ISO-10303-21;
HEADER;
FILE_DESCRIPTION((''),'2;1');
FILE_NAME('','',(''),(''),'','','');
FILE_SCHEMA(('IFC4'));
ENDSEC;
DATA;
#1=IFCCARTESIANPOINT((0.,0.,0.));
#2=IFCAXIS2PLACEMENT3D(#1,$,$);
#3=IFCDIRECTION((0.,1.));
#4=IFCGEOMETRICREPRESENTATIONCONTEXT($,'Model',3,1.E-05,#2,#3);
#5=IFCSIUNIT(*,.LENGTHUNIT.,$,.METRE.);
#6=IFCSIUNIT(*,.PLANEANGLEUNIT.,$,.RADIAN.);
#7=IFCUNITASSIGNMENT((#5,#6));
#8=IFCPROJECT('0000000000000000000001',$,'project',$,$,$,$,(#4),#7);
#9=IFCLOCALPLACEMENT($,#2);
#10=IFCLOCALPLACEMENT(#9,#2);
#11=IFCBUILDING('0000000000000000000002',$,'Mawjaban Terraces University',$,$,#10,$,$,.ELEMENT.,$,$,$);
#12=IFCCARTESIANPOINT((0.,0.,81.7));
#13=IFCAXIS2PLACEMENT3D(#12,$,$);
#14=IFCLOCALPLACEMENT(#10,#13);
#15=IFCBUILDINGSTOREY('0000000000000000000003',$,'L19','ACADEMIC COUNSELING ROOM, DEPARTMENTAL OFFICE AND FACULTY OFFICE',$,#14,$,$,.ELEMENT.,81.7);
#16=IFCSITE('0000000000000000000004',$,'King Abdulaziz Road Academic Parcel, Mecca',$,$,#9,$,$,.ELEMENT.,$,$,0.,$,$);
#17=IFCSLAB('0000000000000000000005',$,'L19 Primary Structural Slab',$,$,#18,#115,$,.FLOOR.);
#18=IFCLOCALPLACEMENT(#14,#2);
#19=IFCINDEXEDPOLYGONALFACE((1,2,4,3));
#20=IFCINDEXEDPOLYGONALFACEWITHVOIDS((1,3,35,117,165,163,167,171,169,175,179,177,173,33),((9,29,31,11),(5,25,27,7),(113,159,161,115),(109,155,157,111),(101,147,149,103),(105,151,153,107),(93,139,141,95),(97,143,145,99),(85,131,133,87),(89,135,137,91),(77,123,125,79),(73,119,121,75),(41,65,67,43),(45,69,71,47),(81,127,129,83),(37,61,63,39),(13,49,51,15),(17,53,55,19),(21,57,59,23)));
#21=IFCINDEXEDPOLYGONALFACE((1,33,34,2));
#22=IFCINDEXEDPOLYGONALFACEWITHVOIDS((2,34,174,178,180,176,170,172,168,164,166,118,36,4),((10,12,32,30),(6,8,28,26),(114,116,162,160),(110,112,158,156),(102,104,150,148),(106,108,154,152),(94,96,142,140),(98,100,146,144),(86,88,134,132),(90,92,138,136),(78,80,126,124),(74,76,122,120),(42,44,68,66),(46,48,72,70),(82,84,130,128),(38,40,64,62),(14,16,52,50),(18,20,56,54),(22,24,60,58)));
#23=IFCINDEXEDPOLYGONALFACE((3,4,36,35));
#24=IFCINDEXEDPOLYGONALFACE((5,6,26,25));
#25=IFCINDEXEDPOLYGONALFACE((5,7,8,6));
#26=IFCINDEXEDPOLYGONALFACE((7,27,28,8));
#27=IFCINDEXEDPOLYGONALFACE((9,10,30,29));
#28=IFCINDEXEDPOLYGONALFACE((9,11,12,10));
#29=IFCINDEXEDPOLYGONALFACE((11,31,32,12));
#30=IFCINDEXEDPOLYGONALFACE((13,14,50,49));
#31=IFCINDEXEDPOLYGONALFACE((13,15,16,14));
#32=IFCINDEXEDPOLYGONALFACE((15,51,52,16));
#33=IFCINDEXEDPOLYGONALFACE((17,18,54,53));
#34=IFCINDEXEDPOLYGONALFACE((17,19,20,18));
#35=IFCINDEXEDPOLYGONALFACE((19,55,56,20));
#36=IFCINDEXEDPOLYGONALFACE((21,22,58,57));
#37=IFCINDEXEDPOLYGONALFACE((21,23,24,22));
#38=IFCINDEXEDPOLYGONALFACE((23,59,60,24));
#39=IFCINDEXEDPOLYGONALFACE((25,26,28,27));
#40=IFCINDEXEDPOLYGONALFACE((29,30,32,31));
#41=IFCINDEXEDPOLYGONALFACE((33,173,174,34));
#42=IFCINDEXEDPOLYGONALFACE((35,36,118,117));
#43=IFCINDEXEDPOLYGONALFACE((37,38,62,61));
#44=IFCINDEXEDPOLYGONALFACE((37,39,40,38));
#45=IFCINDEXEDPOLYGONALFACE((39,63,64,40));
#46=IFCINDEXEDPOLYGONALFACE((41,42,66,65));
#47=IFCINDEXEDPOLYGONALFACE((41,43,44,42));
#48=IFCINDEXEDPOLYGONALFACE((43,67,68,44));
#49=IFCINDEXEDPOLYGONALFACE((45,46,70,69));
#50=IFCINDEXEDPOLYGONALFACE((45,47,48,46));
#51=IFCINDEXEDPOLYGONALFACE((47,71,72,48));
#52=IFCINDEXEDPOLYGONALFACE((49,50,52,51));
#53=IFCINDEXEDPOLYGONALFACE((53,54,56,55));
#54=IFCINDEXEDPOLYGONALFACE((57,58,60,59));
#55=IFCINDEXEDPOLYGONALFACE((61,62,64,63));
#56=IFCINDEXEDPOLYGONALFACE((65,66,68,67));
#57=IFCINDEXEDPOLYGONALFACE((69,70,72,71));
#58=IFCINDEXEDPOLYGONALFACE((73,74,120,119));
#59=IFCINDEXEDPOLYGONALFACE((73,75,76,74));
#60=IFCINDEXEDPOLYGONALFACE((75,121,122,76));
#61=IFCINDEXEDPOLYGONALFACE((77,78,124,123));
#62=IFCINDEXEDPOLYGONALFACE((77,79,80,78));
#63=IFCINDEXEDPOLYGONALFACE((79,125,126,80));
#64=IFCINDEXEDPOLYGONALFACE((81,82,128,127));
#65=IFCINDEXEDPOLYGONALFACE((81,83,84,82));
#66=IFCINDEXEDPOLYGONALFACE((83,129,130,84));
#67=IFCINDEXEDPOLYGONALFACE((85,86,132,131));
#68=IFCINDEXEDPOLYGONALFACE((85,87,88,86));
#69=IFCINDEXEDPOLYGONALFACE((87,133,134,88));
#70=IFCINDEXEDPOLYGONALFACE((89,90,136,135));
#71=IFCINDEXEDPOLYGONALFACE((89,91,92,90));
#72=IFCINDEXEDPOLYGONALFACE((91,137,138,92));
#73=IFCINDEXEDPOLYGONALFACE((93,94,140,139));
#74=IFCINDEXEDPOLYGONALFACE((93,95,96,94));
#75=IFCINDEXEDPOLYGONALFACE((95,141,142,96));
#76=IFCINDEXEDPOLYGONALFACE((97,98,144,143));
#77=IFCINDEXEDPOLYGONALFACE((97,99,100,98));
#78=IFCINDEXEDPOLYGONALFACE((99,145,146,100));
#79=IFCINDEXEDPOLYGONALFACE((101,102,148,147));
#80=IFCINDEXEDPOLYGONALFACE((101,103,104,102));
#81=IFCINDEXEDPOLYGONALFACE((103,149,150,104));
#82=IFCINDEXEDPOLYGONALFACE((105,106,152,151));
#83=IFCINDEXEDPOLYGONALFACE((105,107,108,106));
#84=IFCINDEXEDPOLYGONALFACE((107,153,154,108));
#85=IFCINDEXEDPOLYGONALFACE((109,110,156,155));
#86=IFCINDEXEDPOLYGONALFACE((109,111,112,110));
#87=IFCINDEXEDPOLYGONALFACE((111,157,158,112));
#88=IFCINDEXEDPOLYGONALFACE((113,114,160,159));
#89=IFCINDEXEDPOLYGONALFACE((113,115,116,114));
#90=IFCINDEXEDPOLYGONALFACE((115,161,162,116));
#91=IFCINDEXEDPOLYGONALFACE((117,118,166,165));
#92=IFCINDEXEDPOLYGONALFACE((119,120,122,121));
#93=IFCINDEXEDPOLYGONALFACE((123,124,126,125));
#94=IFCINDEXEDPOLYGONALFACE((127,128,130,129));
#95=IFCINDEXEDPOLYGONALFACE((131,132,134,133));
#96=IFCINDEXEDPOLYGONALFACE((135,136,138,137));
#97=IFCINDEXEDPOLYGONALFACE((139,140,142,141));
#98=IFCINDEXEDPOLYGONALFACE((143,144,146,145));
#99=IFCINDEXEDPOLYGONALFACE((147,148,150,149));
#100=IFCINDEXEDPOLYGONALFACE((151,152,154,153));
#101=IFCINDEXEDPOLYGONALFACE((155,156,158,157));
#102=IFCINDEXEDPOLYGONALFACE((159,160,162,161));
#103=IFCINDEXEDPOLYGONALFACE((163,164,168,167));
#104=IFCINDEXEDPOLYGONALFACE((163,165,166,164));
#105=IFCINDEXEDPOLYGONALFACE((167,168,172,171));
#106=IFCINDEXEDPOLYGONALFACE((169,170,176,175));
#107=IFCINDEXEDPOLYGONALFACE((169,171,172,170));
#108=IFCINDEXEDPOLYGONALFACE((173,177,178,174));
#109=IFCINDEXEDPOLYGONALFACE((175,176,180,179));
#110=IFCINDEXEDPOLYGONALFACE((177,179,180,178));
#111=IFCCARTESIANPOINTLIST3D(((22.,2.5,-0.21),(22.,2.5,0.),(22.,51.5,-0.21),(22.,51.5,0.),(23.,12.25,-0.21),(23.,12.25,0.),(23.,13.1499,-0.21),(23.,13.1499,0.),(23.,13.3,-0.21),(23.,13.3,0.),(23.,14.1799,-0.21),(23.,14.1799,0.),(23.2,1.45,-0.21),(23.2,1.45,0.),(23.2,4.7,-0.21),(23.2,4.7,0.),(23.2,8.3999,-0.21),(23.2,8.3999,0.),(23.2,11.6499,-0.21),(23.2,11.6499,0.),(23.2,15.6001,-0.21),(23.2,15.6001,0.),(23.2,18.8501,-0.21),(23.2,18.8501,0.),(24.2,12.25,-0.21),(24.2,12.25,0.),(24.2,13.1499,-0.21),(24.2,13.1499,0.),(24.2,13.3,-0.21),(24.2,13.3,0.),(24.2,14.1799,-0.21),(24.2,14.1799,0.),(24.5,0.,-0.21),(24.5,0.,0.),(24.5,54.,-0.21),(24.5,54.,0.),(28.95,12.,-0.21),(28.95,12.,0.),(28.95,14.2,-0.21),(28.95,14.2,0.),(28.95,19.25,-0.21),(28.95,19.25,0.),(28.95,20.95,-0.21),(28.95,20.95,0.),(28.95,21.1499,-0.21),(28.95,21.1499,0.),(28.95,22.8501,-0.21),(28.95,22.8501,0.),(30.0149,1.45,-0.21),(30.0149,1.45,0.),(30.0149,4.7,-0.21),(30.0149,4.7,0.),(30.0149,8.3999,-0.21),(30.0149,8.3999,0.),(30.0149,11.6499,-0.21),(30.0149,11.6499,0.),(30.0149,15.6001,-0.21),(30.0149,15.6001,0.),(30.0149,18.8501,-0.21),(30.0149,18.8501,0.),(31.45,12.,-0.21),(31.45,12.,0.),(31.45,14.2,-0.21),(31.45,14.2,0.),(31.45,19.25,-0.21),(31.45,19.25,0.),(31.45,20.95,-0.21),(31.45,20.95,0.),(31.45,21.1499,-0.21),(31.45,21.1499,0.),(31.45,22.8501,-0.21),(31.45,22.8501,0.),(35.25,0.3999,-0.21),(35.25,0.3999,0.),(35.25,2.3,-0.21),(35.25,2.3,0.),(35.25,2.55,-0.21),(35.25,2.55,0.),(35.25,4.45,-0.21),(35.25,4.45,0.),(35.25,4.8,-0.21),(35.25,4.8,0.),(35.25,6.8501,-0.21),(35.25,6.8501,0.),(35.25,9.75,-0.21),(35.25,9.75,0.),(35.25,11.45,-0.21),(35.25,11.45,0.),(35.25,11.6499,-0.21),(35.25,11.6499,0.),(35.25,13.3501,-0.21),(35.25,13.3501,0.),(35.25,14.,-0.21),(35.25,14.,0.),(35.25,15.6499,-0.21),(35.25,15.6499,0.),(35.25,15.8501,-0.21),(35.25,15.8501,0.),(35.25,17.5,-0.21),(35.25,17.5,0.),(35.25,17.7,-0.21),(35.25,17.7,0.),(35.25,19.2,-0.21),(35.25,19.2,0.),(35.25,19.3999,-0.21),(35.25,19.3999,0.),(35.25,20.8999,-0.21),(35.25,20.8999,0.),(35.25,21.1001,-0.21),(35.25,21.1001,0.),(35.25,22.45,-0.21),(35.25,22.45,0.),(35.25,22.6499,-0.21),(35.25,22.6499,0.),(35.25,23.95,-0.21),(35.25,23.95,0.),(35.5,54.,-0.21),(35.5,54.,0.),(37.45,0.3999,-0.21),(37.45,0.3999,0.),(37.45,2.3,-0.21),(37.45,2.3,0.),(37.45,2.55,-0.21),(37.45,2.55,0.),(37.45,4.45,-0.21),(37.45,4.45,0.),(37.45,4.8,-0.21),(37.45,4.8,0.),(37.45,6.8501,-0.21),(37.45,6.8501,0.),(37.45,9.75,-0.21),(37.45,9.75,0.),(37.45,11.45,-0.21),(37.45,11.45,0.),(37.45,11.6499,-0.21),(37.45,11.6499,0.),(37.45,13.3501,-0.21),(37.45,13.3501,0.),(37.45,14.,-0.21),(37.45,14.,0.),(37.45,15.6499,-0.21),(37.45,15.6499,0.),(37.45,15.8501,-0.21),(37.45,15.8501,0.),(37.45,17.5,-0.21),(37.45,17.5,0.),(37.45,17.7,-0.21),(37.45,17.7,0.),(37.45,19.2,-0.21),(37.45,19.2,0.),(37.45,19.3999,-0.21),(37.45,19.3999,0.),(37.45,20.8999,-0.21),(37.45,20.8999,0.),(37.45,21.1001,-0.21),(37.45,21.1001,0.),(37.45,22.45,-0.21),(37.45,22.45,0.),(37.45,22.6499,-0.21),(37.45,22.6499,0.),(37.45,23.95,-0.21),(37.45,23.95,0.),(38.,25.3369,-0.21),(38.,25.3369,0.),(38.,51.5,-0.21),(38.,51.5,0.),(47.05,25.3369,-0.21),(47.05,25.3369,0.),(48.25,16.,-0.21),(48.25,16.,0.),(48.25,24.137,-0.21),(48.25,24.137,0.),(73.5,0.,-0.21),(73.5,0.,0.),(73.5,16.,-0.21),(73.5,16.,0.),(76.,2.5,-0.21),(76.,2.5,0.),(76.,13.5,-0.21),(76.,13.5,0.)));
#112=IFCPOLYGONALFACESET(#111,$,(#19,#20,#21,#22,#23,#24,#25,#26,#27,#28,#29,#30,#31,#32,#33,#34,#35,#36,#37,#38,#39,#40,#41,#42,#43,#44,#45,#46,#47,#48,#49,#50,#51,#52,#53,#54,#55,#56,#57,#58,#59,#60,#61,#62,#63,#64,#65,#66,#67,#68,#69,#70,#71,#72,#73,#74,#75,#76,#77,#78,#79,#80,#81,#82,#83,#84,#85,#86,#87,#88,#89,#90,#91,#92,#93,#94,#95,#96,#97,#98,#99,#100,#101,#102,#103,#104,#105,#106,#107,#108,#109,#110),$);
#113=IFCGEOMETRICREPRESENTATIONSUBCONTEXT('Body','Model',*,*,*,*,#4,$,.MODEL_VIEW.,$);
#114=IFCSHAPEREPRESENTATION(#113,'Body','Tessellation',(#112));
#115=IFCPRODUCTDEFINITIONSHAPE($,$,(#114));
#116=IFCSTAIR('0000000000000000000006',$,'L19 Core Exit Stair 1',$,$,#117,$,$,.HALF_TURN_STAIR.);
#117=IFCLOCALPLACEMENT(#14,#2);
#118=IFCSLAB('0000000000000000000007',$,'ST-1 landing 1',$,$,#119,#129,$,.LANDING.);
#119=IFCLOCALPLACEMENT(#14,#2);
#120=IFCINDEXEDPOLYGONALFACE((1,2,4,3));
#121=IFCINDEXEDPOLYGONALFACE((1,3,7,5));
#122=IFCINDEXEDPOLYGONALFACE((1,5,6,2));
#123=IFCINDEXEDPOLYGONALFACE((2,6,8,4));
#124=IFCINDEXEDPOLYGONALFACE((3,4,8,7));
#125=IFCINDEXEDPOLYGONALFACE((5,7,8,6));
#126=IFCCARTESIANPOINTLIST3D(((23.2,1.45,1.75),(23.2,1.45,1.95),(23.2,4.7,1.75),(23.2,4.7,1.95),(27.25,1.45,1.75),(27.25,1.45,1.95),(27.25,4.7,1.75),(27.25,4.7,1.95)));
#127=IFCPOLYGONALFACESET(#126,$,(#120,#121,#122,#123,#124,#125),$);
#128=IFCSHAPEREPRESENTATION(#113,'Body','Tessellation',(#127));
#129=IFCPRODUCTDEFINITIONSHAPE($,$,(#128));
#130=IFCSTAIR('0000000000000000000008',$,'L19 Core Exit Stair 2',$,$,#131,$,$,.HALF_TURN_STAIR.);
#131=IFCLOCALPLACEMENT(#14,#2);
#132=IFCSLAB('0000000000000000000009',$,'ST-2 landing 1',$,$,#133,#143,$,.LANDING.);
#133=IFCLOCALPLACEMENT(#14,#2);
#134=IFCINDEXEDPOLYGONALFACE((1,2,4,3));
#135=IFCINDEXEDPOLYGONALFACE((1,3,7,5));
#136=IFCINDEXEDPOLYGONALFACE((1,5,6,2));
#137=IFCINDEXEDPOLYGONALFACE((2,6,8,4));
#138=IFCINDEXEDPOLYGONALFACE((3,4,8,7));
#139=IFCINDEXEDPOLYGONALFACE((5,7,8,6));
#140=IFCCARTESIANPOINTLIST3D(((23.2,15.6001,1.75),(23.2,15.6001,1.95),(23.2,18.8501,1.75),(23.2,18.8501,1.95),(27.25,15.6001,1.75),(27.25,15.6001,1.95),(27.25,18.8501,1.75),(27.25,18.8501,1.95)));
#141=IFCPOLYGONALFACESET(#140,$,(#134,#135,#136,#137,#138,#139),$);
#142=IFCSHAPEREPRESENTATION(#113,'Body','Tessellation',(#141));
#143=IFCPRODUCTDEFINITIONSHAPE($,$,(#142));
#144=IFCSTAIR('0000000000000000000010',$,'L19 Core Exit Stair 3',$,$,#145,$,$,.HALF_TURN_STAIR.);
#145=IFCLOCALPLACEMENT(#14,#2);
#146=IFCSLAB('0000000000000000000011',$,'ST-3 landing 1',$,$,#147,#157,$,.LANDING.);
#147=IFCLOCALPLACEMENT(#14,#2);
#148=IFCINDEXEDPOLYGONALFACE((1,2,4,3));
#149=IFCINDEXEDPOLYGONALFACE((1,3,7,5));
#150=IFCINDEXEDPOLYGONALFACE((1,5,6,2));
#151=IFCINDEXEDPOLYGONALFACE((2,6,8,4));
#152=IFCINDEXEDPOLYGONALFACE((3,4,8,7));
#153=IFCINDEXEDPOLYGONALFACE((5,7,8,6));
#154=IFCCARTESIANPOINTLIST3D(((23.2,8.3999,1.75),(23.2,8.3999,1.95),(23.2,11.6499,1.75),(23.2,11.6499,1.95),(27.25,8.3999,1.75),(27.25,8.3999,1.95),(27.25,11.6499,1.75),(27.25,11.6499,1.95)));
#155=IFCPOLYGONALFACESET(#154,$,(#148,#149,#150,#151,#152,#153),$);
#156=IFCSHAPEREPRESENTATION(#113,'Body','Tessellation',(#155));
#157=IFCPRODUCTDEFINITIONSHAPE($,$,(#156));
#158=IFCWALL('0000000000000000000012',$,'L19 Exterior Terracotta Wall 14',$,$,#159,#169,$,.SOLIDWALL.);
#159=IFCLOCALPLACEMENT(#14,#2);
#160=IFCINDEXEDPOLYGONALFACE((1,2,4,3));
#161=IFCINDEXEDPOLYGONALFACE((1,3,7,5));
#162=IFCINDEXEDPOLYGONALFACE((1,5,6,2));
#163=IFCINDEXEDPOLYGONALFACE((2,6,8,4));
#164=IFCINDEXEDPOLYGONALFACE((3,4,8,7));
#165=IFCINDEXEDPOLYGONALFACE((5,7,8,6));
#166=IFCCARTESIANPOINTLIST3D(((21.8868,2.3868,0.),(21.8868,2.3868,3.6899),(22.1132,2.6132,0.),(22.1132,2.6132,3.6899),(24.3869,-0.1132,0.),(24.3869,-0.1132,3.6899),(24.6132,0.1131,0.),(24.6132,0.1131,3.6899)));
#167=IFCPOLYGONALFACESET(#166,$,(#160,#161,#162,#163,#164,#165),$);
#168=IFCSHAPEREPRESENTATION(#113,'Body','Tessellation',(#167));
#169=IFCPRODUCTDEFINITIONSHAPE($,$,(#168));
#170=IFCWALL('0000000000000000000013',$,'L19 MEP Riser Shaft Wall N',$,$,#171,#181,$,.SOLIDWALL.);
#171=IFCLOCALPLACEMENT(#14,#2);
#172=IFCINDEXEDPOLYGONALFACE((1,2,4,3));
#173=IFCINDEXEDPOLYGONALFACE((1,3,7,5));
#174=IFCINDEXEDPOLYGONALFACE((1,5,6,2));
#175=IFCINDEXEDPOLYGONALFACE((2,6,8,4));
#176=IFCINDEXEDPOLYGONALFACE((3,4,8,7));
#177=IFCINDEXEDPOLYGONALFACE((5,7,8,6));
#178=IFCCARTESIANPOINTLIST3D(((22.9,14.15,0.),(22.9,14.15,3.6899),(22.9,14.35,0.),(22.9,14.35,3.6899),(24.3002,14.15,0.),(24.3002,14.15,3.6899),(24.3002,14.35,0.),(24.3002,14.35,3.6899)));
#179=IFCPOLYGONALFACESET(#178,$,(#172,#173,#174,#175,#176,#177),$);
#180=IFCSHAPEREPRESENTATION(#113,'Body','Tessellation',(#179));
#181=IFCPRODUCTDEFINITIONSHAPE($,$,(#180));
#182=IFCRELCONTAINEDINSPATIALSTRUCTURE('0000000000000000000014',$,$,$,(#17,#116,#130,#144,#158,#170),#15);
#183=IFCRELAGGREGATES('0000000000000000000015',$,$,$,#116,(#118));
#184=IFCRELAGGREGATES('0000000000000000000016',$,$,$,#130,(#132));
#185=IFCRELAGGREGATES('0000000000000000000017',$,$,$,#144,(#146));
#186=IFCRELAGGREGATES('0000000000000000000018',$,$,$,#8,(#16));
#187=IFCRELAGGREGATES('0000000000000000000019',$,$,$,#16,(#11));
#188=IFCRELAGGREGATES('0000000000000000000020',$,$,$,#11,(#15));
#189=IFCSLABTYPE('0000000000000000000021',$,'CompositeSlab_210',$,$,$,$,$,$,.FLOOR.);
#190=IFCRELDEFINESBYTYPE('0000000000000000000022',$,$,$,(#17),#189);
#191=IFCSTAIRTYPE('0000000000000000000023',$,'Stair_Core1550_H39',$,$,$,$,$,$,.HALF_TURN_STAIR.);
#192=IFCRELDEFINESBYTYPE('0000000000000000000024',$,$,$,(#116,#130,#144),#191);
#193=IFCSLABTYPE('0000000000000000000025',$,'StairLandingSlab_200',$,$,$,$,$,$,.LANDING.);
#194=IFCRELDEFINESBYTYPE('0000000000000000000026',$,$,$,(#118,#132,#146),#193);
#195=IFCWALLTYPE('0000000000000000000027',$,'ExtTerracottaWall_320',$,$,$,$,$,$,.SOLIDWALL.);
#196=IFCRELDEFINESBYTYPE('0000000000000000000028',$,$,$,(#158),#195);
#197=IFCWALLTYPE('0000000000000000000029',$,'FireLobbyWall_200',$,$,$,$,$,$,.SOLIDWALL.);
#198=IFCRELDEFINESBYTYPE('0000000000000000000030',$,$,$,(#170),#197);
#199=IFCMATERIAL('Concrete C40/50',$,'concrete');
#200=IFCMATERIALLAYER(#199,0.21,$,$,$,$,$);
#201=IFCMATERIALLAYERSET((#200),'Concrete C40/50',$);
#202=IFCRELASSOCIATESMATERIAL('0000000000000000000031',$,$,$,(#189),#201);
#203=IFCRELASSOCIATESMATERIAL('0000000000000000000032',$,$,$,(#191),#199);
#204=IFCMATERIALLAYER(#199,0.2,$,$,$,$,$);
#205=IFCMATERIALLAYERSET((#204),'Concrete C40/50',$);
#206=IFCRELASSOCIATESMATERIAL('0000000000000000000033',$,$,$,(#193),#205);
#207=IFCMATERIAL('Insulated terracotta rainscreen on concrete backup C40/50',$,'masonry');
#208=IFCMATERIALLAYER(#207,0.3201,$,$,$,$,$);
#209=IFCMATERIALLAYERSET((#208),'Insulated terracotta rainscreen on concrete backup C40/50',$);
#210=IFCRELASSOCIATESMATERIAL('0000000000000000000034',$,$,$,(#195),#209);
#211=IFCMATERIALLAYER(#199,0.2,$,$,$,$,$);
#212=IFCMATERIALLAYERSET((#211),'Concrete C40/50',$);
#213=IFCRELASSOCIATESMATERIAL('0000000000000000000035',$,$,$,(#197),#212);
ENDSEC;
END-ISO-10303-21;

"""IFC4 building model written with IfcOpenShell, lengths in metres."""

from ifc_helpers import new_model, si_unit, direction, frame, frame_2d, origin, place, context, subcontext, project, spatial, polyline, rectangle, outline, extrude, material, layer, layer_set, type_object, element, aggregate, save


model = new_model("IFC4")

# Units and contexts
model_context = context("Model", 3, precision=1e-05, world=origin(), true_north=direction((0.0, 1.0)))
body_context = subcontext(model_context, "Body", "Model", "MODEL_VIEW")
ifc_project = project(units=[si_unit("LENGTHUNIT", "METRE"), si_unit("PLANEANGLEUNIT", "RADIAN")], contexts=[model_context])

# Site, building, storey
site_placement = place(None, origin())
site = spatial("IfcSite", under=ifc_project, at=site_placement, Name="King Abdulaziz Road Academic Parcel, Mecca", CompositionType="ELEMENT", RefElevation=0.0)
building_placement = place(site_placement, origin())
building = spatial("IfcBuilding", under=site, at=building_placement, Name="Mawjaban Terraces University", CompositionType="ELEMENT")
storey_placement = place(building_placement, frame((0.0, 0.0, 81.7)))
storey = spatial("IfcBuildingStorey", under=building, at=storey_placement, Name="L19", Description="ACADEMIC COUNSELING ROOM, DEPARTMENTAL OFFICE AND FACULTY OFFICE", CompositionType="ELEMENT", Elevation=81.7)

# Slab
ifc_material_1 = material(Name="Concrete C40/50", Category="concrete")
ifc_layer_1 = layer(ifc_material_1, 0.21)
ifc_layer_set_1 = layer_set([ifc_layer_1], Name="Concrete C40/50")
slab_type_1 = type_object("IfcSlabType", Name="CompositeSlab_210", PredefinedType="FLOOR", material=ifc_layer_set_1)
slab_1_placement = place(storey_placement, frame((0.0, 0.0, -0.21)))
element("IfcSlab", 1, at=slab_1_placement, inside=storey, type_object=slab_type_1, Name="L19 Primary Structural Slab", PredefinedType="FLOOR", context=body_context, shape_type="SweptSolid", body=[
    extrude(outline(polyline([(24.5, 0.0), (73.5, 0.0), (76.0, 2.5), (76.0, 13.5), (73.5, 16.0), (48.25, 16.0), (48.25, 24.137), (47.05, 25.3369), (38.0, 25.3369), (38.0, 51.5), (35.5, 54.0), (24.5, 54.0), (22.0, 51.5), (22.0, 2.5), (24.5, 0.0)]), holes=[polyline([(30.0149, 4.7), (23.2, 4.7), (23.2, 1.45), (30.0149, 1.45), (30.0149, 4.7)]), polyline([(30.0149, 18.8501), (23.2, 18.8501), (23.2, 15.6001), (30.0149, 15.6001), (30.0149, 18.8501)]), polyline([(30.0149, 11.6499), (23.2, 11.6499), (23.2, 8.3999), (30.0149, 8.3999), (30.0149, 11.6499)]), polyline([(35.25, 0.3999), (37.45, 0.3999), (37.45, 2.3), (35.25, 2.3), (35.25, 0.3999)]), polyline([(35.25, 2.55), (37.45, 2.55), (37.45, 4.45), (35.25, 4.45), (35.25, 2.55)]), polyline([(35.25, 4.8), (37.45, 4.8), (37.45, 6.8501), (35.25, 6.8501), (35.25, 4.8)]), polyline([(35.25, 9.75), (37.45, 9.75), (37.45, 11.45), (35.25, 11.45), (35.25, 9.75)]), polyline([(35.25, 11.6499), (37.45, 11.6499), (37.45, 13.3501), (35.25, 13.3501), (35.25, 11.6499)]), polyline([(28.95, 12.0), (31.45, 12.0), (31.45, 14.2), (28.95, 14.2), (28.95, 12.0)]), polyline([(35.25, 14.0), (37.45, 14.0), (37.45, 15.6499), (35.25, 15.6499), (35.25, 14.0)]), polyline([(35.25, 15.8501), (37.45, 15.8501), (37.45, 17.5), (35.25, 17.5), (35.25, 15.8501)]), polyline([(35.25, 17.7), (37.45, 17.7), (37.45, 19.2), (35.25, 19.2), (35.25, 17.7)]), polyline([(35.25, 19.3999), (37.45, 19.3999), (37.45, 20.8999), (35.25, 20.8999), (35.25, 19.3999)]), polyline([(28.95, 19.25), (31.45, 19.25), (31.45, 20.95), (28.95, 20.95), (28.95, 19.25)]), polyline([(35.25, 21.1001), (37.45, 21.1001), (37.45, 22.45), (35.25, 22.45), (35.25, 21.1001)]), polyline([(35.25, 22.6499), (37.45, 22.6499), (37.45, 23.95), (35.25, 23.95), (35.25, 22.6499)]), polyline([(28.95, 21.1499), (31.45, 21.1499), (31.45, 22.8501), (28.95, 22.8501), (28.95, 21.1499)]), polyline([(23.0, 12.25), (24.2, 12.25), (24.2, 13.1499), (23.0, 13.1499), (23.0, 12.25)]), polyline([(23.0, 13.3), (24.2, 13.3), (24.2, 14.1799), (23.0, 14.1799), (23.0, 13.3)])]), origin(), (0.0, 0.0, 1.0), 0.21),
])

# Stairs, slabs
stair_type = type_object("IfcStairType", Name="Stair_Core1550_H39", PredefinedType="HALF_TURN_STAIR", material=ifc_material_1)
stair_1_placement = place(storey_placement, origin())
stair_1 = element("IfcStair", 2, at=stair_1_placement, inside=storey, type_object=stair_type, Name="L19 Core Exit Stair 1", PredefinedType="HALF_TURN_STAIR")
ifc_layer_2 = layer(ifc_material_1, 0.2)
ifc_layer_set_2 = layer_set([ifc_layer_2], Name="Concrete C40/50")
slab_type_2 = type_object("IfcSlabType", Name="StairLandingSlab_200", PredefinedType="LANDING", material=ifc_layer_set_2)
slab_2_placement = place(storey_placement, frame((0.0, 0.0, 1.75)))
slab_2 = element("IfcSlab", 3, at=slab_2_placement, type_object=slab_type_2, Name="ST-1 landing 1", PredefinedType="LANDING", context=body_context, shape_type="SweptSolid", body=[
    extrude(outline(polyline([(27.25, 4.7), (23.2, 4.7), (23.2, 1.45), (27.25, 1.45), (27.25, 4.7)])), origin(), (0.0, 0.0, 1.0), 0.2),
])
aggregate(stair_1, [slab_2])
stair_2_placement = place(storey_placement, origin())
stair_2 = element("IfcStair", 4, at=stair_2_placement, inside=storey, type_object=stair_type, Name="L19 Core Exit Stair 2", PredefinedType="HALF_TURN_STAIR")
slab_3_placement = place(storey_placement, frame((0.0, 0.0, 1.75)))
slab_3 = element("IfcSlab", 5, at=slab_3_placement, type_object=slab_type_2, Name="ST-2 landing 1", PredefinedType="LANDING", context=body_context, shape_type="SweptSolid", body=[
    extrude(outline(polyline([(27.25, 18.8501), (23.2, 18.8501), (23.2, 15.6001), (27.25, 15.6001), (27.25, 18.8501)])), origin(), (0.0, 0.0, 1.0), 0.2),
])
aggregate(stair_2, [slab_3])
stair_3_placement = place(storey_placement, origin())
stair_3 = element("IfcStair", 6, at=stair_3_placement, inside=storey, type_object=stair_type, Name="L19 Core Exit Stair 3", PredefinedType="HALF_TURN_STAIR")
slab_4_placement = place(storey_placement, frame((0.0, 0.0, 1.75)))
slab_4 = element("IfcSlab", 7, at=slab_4_placement, type_object=slab_type_2, Name="ST-3 landing 1", PredefinedType="LANDING", context=body_context, shape_type="SweptSolid", body=[
    extrude(outline(polyline([(27.25, 11.6499), (23.2, 11.6499), (23.2, 8.3999), (27.25, 8.3999), (27.25, 11.6499)])), origin(), (0.0, 0.0, 1.0), 0.2),
])
aggregate(stair_3, [slab_4])

# Walls
ifc_material_2 = material(Name="Insulated terracotta rainscreen on concrete backup C40/50", Category="masonry")
ifc_layer_3 = layer(ifc_material_2, 0.3201)
ifc_layer_set_3 = layer_set([ifc_layer_3], Name="Insulated terracotta rainscreen on concrete backup C40/50")
wall_type_1 = type_object("IfcWallType", Name="ExtTerracottaWall_320", PredefinedType="SOLIDWALL", material=ifc_layer_set_3)
wall_1_placement = place(storey_placement, frame((22.0, 2.5, 0.0), z_axis=(0.0, 0.0, 1.0), x_axis=(0.707107, -0.707107, 0.0)))
element("IfcWall", 8, at=wall_1_placement, inside=storey, type_object=wall_type_1, Name="L19 Exterior Terracotta Wall 14", PredefinedType="SOLIDWALL", context=body_context, shape_type="SweptSolid", body=[
    extrude(rectangle(XDim=3.5356, YDim=0.3201, at=frame_2d((1.7678, 0.0))), origin(), (0.0, 0.0, 1.0), 3.6899),
])
ifc_layer_4 = layer(ifc_material_1, 0.2)
ifc_layer_set_4 = layer_set([ifc_layer_4], Name="Concrete C40/50")
wall_type_2 = type_object("IfcWallType", Name="FireLobbyWall_200", PredefinedType="SOLIDWALL", material=ifc_layer_set_4)
for number, where, z_axis, x_axis, name in (
    (9, (22.8999, 14.25, 0.0), (0.0, 0.0, 1.0), (1.0, 0.0, 0.0), "L19 MEP Riser Shaft Wall N"),
):
    element("IfcWall", number, at=place(storey_placement, frame(where, z_axis=z_axis, x_axis=x_axis)), inside=storey, type_object=wall_type_2, Name=name, PredefinedType="SOLIDWALL", context=body_context, shape_type="SweptSolid", body=[
        extrude(rectangle(XDim=1.4001, YDim=0.2, at=frame_2d((0.7002, 0.0))), origin(), (0.0, 0.0, 1.0), 3.6899),
    ])

save(model, "model.ifc")
